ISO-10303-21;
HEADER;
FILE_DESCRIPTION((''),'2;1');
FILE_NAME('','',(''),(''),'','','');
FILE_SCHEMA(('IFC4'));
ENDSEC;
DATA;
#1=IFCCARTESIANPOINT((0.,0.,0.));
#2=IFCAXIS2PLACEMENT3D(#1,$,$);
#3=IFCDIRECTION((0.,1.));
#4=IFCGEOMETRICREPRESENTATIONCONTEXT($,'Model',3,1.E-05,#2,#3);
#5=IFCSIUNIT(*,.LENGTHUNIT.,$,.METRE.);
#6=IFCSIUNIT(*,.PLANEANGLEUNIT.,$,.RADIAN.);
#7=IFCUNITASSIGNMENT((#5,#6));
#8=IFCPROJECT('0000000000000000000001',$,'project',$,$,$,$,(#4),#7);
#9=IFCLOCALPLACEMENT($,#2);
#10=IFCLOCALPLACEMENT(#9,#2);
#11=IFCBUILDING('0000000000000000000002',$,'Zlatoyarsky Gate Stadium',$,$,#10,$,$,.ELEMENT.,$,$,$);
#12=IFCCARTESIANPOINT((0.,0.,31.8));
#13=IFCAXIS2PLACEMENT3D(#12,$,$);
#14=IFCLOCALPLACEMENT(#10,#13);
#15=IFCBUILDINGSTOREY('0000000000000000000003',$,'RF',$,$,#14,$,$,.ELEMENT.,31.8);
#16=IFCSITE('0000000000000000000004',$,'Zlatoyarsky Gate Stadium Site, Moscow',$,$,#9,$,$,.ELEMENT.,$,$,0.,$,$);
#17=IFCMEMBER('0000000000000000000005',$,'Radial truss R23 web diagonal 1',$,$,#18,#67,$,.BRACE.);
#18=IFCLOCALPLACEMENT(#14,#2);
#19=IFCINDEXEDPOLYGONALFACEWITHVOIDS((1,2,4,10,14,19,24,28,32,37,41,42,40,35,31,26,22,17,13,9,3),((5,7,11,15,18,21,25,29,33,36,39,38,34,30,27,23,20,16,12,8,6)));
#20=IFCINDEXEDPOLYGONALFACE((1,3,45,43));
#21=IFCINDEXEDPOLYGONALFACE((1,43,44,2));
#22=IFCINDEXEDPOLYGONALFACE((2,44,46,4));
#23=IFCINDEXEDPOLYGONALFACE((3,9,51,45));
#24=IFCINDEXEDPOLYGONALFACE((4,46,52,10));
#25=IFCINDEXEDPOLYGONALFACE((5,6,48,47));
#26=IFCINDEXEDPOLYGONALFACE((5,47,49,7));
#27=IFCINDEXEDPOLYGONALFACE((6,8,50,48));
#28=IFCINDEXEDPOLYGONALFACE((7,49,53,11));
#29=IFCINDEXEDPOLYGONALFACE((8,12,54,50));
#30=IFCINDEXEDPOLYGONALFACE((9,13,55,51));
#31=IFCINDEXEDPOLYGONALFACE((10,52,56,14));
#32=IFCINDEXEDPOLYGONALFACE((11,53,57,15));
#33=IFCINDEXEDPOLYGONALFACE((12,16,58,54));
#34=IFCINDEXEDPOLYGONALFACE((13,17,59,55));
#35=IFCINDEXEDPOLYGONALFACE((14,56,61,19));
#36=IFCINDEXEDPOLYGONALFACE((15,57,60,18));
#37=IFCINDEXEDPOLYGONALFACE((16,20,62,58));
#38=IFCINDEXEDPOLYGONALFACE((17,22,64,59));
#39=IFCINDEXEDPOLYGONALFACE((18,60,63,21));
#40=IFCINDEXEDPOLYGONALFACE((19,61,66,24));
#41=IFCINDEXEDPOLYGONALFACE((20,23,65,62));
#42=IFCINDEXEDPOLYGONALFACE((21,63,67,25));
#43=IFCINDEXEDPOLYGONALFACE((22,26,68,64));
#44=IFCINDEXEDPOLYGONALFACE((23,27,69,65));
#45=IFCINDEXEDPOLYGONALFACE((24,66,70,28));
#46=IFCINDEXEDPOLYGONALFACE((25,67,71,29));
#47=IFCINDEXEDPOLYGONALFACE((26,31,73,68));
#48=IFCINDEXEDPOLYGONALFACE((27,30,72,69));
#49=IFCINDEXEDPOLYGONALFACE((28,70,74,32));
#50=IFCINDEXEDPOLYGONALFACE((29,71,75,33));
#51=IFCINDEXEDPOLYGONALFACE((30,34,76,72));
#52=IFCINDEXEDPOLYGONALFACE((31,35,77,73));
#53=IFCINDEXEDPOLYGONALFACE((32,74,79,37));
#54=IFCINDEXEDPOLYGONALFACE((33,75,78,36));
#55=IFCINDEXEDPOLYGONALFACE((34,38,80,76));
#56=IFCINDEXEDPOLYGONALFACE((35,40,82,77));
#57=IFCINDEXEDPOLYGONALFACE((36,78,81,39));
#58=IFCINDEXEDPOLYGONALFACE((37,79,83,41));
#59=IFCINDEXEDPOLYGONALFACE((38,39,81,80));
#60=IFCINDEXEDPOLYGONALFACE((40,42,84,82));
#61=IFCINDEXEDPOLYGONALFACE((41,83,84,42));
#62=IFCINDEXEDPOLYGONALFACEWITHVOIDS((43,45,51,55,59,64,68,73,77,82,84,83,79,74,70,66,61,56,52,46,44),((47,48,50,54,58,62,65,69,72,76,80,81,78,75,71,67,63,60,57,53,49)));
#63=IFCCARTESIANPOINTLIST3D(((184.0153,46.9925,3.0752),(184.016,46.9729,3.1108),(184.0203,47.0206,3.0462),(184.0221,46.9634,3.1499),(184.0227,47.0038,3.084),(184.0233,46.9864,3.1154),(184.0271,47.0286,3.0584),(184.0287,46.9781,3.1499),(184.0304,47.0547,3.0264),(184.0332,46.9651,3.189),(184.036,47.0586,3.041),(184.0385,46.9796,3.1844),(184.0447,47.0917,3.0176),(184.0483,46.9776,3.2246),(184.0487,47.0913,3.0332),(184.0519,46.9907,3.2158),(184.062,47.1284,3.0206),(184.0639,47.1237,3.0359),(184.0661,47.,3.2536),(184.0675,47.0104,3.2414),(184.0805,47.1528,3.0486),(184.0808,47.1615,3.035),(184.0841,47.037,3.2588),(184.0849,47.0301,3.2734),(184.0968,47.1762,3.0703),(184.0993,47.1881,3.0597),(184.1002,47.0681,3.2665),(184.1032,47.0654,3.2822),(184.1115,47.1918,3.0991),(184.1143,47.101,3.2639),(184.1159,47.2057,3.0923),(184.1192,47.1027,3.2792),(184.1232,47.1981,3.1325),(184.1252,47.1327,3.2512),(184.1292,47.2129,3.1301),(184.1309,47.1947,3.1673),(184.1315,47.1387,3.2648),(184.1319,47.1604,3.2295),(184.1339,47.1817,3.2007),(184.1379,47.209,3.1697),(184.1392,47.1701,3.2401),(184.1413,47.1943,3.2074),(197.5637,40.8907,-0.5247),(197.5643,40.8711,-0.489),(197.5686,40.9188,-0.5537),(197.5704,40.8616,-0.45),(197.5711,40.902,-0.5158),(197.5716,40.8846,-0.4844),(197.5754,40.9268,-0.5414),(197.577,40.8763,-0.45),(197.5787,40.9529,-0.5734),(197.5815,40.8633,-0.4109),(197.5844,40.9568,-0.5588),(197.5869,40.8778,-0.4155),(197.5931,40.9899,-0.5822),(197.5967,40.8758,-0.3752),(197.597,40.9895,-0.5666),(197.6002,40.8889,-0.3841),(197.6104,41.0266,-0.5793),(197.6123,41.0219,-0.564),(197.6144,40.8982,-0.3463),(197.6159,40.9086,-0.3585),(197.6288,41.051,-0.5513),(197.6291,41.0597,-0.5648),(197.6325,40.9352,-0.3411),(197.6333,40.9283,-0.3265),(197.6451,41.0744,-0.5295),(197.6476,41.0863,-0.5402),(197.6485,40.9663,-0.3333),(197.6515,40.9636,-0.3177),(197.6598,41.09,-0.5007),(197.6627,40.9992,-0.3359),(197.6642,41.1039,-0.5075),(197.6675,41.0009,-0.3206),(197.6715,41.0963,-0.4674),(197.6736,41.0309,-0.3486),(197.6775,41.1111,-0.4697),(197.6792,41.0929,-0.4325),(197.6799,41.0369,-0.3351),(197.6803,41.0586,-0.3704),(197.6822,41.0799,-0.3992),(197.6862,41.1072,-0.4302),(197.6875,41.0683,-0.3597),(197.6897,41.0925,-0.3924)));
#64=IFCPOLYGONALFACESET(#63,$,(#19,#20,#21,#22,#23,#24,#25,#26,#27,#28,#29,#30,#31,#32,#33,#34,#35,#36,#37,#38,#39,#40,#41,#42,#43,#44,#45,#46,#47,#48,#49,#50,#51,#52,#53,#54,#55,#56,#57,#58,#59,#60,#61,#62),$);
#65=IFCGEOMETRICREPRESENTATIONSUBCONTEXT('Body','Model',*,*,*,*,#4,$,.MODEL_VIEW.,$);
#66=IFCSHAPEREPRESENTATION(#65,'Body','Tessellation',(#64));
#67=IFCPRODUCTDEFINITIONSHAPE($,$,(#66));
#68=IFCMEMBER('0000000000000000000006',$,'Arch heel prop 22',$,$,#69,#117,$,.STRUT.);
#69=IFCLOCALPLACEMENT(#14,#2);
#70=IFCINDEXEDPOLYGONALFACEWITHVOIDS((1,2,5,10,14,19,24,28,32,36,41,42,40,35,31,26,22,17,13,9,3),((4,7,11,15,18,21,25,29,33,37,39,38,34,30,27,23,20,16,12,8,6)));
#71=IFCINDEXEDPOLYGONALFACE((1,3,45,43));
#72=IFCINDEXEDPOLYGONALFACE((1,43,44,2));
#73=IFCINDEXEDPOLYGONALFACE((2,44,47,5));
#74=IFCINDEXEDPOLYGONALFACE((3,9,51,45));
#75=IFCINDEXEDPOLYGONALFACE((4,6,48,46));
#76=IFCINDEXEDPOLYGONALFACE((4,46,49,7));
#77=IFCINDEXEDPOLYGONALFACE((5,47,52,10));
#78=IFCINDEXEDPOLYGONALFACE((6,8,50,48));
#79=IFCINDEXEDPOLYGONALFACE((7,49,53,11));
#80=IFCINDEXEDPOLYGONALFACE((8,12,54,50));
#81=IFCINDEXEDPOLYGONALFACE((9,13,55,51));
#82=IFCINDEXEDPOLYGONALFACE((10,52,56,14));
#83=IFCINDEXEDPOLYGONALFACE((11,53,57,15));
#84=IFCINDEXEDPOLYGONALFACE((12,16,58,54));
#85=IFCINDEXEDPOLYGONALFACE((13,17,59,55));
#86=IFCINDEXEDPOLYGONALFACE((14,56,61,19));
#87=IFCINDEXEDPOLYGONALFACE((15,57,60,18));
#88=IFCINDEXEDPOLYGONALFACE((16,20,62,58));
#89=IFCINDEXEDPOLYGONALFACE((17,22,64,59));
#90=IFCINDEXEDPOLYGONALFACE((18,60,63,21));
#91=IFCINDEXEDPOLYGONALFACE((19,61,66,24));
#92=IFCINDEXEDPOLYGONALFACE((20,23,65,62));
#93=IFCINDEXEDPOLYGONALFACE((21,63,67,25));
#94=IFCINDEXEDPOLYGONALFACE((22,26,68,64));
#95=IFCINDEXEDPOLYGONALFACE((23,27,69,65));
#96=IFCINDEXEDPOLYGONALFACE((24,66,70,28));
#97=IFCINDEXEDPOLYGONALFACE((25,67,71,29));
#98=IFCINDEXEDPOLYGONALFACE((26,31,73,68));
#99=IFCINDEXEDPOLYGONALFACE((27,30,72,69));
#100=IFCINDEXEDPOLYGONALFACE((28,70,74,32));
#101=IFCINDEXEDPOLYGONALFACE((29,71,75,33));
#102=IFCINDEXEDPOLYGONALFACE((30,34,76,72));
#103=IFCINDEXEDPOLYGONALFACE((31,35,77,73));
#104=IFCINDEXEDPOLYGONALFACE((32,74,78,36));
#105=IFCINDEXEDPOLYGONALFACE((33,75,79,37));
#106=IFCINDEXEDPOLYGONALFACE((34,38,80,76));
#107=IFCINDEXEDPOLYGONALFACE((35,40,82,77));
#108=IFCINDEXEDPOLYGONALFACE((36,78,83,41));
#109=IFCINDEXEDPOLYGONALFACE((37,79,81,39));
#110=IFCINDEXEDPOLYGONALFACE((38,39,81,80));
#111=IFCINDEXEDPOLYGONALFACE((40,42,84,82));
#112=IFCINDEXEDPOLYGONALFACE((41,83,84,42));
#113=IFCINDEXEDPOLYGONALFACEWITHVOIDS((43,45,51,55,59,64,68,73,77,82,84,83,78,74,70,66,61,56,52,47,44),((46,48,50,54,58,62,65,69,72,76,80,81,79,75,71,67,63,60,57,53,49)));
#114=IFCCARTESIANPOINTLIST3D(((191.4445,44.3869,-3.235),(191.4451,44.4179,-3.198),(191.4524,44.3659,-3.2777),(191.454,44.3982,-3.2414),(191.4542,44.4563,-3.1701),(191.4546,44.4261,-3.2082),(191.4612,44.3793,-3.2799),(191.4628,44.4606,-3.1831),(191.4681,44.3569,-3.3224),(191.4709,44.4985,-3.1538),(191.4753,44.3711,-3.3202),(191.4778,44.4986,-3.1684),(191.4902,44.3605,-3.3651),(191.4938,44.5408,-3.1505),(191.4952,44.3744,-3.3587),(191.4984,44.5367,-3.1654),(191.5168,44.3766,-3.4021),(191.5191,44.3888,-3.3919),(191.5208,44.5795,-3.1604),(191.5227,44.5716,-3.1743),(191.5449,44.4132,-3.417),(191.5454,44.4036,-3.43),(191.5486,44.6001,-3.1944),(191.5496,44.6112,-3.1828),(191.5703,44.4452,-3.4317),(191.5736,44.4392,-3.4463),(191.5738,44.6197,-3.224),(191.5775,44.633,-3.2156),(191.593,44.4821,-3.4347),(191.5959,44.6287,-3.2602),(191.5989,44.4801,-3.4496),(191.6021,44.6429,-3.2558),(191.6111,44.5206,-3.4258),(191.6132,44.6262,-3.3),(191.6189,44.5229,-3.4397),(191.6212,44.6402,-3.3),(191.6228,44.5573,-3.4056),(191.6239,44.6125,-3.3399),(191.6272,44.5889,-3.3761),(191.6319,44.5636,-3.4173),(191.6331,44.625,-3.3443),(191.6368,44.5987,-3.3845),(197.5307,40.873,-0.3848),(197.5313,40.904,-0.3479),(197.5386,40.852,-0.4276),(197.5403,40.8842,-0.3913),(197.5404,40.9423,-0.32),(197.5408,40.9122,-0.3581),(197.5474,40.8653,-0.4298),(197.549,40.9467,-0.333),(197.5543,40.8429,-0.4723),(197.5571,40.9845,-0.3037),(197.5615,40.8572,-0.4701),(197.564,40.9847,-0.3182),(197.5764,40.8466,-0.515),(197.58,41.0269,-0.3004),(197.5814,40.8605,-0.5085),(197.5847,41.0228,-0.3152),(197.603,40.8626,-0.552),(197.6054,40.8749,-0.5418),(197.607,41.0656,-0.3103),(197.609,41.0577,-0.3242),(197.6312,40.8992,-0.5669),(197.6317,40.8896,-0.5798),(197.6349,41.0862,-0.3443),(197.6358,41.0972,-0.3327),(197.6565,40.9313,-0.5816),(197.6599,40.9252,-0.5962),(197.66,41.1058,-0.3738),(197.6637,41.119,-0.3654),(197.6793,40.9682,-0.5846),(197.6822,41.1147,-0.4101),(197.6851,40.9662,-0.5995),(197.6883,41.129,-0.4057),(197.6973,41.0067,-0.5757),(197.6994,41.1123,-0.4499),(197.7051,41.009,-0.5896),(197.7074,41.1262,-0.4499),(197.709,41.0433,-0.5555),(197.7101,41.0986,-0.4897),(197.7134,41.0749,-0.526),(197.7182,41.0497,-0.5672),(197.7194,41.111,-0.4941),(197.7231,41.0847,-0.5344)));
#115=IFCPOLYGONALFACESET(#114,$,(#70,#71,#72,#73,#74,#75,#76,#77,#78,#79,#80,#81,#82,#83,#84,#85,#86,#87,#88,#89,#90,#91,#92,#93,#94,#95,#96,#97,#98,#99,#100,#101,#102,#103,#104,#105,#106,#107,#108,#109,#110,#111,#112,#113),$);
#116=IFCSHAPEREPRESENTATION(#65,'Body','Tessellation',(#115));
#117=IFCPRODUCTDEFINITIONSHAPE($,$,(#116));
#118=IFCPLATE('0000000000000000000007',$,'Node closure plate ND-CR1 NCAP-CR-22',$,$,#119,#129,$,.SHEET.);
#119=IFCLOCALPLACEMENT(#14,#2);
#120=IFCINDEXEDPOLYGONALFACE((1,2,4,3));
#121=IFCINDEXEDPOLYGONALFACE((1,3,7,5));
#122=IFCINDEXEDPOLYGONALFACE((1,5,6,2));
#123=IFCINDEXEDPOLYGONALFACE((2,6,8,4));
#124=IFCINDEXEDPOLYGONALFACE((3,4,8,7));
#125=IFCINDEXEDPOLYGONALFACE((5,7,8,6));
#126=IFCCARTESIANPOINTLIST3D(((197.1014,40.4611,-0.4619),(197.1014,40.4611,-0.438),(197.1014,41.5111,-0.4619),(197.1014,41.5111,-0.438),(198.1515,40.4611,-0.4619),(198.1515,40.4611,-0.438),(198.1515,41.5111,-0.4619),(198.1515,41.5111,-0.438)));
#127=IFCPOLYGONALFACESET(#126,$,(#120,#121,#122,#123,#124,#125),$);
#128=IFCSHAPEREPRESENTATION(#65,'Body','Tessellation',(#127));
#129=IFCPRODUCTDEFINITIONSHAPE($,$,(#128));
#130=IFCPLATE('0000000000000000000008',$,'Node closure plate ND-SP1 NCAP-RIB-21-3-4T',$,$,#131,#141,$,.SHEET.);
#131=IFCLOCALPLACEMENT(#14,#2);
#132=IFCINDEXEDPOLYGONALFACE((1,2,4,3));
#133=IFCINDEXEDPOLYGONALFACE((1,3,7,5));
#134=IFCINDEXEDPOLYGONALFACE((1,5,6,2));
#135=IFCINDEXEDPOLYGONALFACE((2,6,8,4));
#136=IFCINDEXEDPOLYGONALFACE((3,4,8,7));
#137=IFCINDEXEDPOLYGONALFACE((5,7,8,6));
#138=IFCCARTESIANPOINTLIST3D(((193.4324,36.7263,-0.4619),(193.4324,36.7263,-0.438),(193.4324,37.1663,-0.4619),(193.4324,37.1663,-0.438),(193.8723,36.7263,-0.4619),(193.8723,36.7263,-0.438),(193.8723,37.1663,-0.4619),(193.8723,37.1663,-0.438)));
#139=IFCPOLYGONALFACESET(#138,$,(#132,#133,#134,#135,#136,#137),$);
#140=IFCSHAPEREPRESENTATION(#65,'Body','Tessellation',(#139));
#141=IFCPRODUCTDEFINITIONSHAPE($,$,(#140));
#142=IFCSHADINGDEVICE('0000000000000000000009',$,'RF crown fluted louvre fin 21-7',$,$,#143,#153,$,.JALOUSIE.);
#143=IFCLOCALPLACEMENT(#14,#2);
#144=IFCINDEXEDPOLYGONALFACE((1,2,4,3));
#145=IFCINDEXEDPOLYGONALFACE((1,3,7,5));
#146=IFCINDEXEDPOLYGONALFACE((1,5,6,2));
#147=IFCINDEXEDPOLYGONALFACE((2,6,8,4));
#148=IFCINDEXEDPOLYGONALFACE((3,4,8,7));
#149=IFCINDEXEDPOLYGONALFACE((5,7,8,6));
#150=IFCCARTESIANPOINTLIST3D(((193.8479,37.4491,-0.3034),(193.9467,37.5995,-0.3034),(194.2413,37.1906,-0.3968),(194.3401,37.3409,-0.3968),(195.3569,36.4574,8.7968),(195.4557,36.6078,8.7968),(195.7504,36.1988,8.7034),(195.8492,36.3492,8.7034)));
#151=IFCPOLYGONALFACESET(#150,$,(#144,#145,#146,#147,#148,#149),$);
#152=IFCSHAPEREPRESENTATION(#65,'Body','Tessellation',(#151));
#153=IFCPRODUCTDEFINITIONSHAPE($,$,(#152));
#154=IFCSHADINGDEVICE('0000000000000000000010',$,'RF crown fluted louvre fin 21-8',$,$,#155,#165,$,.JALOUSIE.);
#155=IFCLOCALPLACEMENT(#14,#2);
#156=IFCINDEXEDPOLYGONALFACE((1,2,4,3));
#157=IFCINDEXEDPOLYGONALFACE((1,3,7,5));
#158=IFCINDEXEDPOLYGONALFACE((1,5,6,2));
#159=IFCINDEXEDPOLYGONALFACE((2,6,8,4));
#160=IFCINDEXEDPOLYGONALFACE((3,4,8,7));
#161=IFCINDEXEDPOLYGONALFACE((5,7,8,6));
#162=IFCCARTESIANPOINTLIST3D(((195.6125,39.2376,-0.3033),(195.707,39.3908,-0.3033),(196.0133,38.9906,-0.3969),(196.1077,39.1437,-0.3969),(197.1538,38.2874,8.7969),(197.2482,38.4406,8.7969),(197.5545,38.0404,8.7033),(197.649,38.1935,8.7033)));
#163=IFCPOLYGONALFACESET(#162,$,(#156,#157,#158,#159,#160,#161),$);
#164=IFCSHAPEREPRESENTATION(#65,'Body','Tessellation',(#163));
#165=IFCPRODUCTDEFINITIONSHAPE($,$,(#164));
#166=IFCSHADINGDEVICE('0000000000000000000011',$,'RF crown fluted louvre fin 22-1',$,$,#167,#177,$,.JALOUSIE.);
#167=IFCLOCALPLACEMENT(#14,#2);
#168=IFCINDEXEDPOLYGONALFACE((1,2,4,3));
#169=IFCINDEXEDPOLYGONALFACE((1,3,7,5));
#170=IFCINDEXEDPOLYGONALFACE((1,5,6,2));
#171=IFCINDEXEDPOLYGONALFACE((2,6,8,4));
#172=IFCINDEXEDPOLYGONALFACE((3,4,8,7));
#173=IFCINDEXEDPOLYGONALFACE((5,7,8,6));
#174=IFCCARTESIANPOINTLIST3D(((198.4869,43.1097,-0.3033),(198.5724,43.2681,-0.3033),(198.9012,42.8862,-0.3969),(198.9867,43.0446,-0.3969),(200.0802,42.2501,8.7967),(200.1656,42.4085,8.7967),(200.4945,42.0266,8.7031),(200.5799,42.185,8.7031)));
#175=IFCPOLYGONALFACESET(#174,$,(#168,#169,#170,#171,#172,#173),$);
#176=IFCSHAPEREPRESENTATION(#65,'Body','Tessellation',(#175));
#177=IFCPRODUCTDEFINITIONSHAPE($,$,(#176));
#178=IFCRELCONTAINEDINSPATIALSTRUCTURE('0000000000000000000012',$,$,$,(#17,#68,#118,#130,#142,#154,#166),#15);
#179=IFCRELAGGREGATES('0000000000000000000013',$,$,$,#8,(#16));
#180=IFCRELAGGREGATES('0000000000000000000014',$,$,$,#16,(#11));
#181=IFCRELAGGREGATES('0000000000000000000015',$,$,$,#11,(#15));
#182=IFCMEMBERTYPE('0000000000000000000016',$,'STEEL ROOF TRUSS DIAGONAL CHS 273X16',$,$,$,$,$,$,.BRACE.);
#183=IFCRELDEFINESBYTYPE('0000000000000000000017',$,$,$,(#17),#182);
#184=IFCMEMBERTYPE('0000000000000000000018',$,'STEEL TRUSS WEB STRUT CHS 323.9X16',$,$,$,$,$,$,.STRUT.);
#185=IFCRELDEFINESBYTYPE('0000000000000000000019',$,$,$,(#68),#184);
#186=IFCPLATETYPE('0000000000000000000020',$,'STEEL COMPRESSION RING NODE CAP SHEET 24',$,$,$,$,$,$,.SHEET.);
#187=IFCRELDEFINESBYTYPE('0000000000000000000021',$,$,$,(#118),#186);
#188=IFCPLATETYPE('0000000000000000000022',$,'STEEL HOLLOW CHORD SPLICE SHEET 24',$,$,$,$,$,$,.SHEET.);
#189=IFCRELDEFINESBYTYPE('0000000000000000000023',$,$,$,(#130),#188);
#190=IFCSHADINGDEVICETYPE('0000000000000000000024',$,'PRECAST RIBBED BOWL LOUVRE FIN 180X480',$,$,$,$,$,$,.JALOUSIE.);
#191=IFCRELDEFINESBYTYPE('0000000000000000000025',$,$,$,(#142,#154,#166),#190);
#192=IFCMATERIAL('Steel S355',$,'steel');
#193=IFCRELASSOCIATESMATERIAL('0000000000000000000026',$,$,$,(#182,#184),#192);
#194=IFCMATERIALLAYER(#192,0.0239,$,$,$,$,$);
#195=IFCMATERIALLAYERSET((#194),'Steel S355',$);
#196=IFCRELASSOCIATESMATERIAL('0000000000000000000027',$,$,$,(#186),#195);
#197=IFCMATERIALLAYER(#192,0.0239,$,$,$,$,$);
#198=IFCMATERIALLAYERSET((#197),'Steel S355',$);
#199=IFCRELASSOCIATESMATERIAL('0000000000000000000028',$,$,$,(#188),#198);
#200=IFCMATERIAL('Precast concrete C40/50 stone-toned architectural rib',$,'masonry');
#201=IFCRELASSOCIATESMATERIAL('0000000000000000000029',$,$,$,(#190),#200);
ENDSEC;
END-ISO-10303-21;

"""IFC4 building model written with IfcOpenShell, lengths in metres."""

from ifc_helpers import new_model, si_unit, direction, frame, origin, origin_2d, place, context, subcontext, project, spatial, rectangle, hollow_circle, extrude, material, layer, layer_set, material_profile, profile_set, type_object, element, save


model = new_model("IFC4")

# Units and contexts
model_context = context("Model", 3, precision=1e-05, world=origin(), true_north=direction((0.0, 1.0)))
body_context = subcontext(model_context, "Body", "Model", "MODEL_VIEW")
ifc_project = project(units=[si_unit("LENGTHUNIT", "METRE"), si_unit("PLANEANGLEUNIT", "RADIAN")], contexts=[model_context])

# Site, building, storey
site_placement = place(None, origin())
site = spatial("IfcSite", under=ifc_project, at=site_placement, Name="Zlatoyarsky Gate Stadium Site, Moscow", CompositionType="ELEMENT", RefElevation=0.0)
building_placement = place(site_placement, origin())
building = spatial("IfcBuilding", under=site, at=building_placement, Name="Zlatoyarsky Gate Stadium", CompositionType="ELEMENT")
storey_placement = place(building_placement, frame((0.0, 0.0, 31.8)))
storey = spatial("IfcBuildingStorey", under=building, at=storey_placement, Name="RF", CompositionType="ELEMENT", Elevation=31.8)

# Shared definitions
ifc_material_1 = material(Name="Steel S355", Category="steel")

# Members
ifc_material_profile_1 = material_profile(ifc_material_1, hollow_circle(Radius=0.1365, WallThickness=0.0161, at=origin_2d()), Name="CHS 273X16")
ifc_profile_set_1 = profile_set([ifc_material_profile_1], Name="Steel S355")
member_type_1 = type_object("IfcMemberType", Name="STEEL ROOF TRUSS DIAGONAL CHS 273X16", PredefinedType="BRACE", material=ifc_profile_set_1)
member_1_placement = place(storey_placement, frame((197.6265, 40.9861, -0.45), z_axis=(-0.886159, 0.399102, 0.235456), x_axis=(-0.410647, -0.911794, 0.0)))
element("IfcMember", 1, at=member_1_placement, inside=storey, type_object=member_type_1, Name="Radial truss R23 web diagonal 1", PredefinedType="BRACE", context=body_context, shape_type="SweptSolid", body=[
    extrude(hollow_circle(Radius=0.1365, WallThickness=0.0161, at=origin_2d()), origin(), (0.0, 0.0, 1.0), 15.2888),
])
ifc_material_profile_2 = material_profile(ifc_material_1, hollow_circle(Radius=0.1619, WallThickness=0.0161, at=origin_2d()), Name="CHS 323.9X16")
ifc_profile_set_2 = profile_set([ifc_material_profile_2], Name="Steel S355")
member_type_2 = type_object("IfcMemberType", Name="STEEL TRUSS WEB STRUT CHS 323.9X16", PredefinedType="STRUT", material=ifc_profile_set_2)
member_2_placement = place(storey_placement, frame((191.5403, 44.5, -3.3), z_axis=(0.802536, -0.463352, 0.37582), x_axis=(0.500006, 0.866022, 0.0)))
element("IfcMember", 2, at=member_2_placement, inside=storey, type_object=member_type_2, Name="Arch heel prop 22", PredefinedType="STRUT", context=body_context, shape_type="SweptSolid", body=[
    extrude(hollow_circle(Radius=0.1619, WallThickness=0.0161, at=origin_2d()), origin(), (0.0, 0.0, 1.0), 7.5837),
])

# Plates
ifc_layer_1 = layer(ifc_material_1, 0.0239)
ifc_layer_set_1 = layer_set([ifc_layer_1], Name="Steel S355")
plate_type_1 = type_object("IfcPlateType", Name="STEEL COMPRESSION RING NODE CAP SHEET 24", PredefinedType="SHEET", material=ifc_layer_set_1)
plate_1_placement = place(storey_placement, frame((197.6265, 40.9861, -0.4619), z_axis=(0.0, 0.0, 1.0), x_axis=(1.0, 0.0, 0.0)))
element("IfcPlate", 3, at=plate_1_placement, inside=storey, type_object=plate_type_1, Name="Node closure plate ND-CR1 NCAP-CR-22", PredefinedType="SHEET", context=body_context, shape_type="SweptSolid", body=[
    extrude(rectangle(XDim=1.05, YDim=1.05, at=origin_2d()), origin(), (0.0, 0.0, 1.0), 0.0239),
])
ifc_layer_2 = layer(ifc_material_1, 0.0239)
ifc_layer_set_2 = layer_set([ifc_layer_2], Name="Steel S355")
plate_type_2 = type_object("IfcPlateType", Name="STEEL HOLLOW CHORD SPLICE SHEET 24", PredefinedType="SHEET", material=ifc_layer_set_2)
plate_2_placement = place(storey_placement, frame((193.6523, 36.9463, -0.4619), z_axis=(0.0, 0.0, 1.0), x_axis=(1.0, 0.0, 0.0)))
element("IfcPlate", 4, at=plate_2_placement, inside=storey, type_object=plate_type_2, Name="Node closure plate ND-SP1 NCAP-RIB-21-3-4T", PredefinedType="SHEET", context=body_context, shape_type="SweptSolid", body=[
    extrude(rectangle(XDim=0.4399, YDim=0.4399, at=origin_2d()), origin(), (0.0, 0.0, 1.0), 0.0239),
])

# Shading devices
ifc_material_2 = material(Name="Precast concrete C40/50 stone-toned architectural rib", Category="masonry")
ifc_material_profile_3 = material_profile(ifc_material_2, rectangle(XDim=0.1799, YDim=0.48, at=origin_2d()), Name="RIB 180X480")
ifc_profile_set_3 = profile_set([ifc_material_profile_3], Name="Precast concrete C40/50 stone-toned architectural rib")
shading_device_type = type_object("IfcShadingDeviceType", Name="PRECAST RIBBED BOWL LOUVRE FIN 180X480", PredefinedType="JALOUSIE", material=ifc_profile_set_3)
shading_device_1_placement = place(storey_placement, frame((194.094, 37.395, -0.3501), z_axis=(0.162655, -0.106893, 0.980876), x_axis=(0.549197, 0.835693, 0.0)))
element("IfcShadingDevice", 5, at=shading_device_1_placement, inside=storey, type_object=shading_device_type, Name="RF crown fluted louvre fin 21-7", PredefinedType="JALOUSIE", context=body_context, shape_type="SweptSolid", body=[
    extrude(rectangle(XDim=0.1799, YDim=0.48, at=origin_2d()), origin(), (0.0, 0.0, 1.0), 9.2776),
])
shading_device_2_placement = place(storey_placement, frame((195.8601, 39.1907, -0.3501), z_axis=(0.166111, -0.102409, 0.980775), x_axis=(0.524789, 0.851232, 0.0)))
element("IfcShadingDevice", 6, at=shading_device_2_placement, inside=storey, type_object=shading_device_type, Name="RF crown fluted louvre fin 21-8", PredefinedType="JALOUSIE", context=body_context, shape_type="SweptSolid", body=[
    extrude(rectangle(XDim=0.1799, YDim=0.48, at=origin_2d()), origin(), (0.0, 0.0, 1.0), 9.2786),
])
shading_device_3_placement = place(storey_placement, frame((198.7368, 43.0771, -0.3501), z_axis=(0.171717, -0.092647, 0.98078), x_axis=(0.474831, 0.880077, 0.0)))
element("IfcShadingDevice", 7, at=shading_device_3_placement, inside=storey, type_object=shading_device_type, Name="RF crown fluted louvre fin 22-1", PredefinedType="JALOUSIE", context=body_context, shape_type="SweptSolid", body=[
    extrude(rectangle(XDim=0.1799, YDim=0.48, at=origin_2d()), origin(), (0.0, 0.0, 1.0), 9.2783),
])

save(model, "model.ifc")
